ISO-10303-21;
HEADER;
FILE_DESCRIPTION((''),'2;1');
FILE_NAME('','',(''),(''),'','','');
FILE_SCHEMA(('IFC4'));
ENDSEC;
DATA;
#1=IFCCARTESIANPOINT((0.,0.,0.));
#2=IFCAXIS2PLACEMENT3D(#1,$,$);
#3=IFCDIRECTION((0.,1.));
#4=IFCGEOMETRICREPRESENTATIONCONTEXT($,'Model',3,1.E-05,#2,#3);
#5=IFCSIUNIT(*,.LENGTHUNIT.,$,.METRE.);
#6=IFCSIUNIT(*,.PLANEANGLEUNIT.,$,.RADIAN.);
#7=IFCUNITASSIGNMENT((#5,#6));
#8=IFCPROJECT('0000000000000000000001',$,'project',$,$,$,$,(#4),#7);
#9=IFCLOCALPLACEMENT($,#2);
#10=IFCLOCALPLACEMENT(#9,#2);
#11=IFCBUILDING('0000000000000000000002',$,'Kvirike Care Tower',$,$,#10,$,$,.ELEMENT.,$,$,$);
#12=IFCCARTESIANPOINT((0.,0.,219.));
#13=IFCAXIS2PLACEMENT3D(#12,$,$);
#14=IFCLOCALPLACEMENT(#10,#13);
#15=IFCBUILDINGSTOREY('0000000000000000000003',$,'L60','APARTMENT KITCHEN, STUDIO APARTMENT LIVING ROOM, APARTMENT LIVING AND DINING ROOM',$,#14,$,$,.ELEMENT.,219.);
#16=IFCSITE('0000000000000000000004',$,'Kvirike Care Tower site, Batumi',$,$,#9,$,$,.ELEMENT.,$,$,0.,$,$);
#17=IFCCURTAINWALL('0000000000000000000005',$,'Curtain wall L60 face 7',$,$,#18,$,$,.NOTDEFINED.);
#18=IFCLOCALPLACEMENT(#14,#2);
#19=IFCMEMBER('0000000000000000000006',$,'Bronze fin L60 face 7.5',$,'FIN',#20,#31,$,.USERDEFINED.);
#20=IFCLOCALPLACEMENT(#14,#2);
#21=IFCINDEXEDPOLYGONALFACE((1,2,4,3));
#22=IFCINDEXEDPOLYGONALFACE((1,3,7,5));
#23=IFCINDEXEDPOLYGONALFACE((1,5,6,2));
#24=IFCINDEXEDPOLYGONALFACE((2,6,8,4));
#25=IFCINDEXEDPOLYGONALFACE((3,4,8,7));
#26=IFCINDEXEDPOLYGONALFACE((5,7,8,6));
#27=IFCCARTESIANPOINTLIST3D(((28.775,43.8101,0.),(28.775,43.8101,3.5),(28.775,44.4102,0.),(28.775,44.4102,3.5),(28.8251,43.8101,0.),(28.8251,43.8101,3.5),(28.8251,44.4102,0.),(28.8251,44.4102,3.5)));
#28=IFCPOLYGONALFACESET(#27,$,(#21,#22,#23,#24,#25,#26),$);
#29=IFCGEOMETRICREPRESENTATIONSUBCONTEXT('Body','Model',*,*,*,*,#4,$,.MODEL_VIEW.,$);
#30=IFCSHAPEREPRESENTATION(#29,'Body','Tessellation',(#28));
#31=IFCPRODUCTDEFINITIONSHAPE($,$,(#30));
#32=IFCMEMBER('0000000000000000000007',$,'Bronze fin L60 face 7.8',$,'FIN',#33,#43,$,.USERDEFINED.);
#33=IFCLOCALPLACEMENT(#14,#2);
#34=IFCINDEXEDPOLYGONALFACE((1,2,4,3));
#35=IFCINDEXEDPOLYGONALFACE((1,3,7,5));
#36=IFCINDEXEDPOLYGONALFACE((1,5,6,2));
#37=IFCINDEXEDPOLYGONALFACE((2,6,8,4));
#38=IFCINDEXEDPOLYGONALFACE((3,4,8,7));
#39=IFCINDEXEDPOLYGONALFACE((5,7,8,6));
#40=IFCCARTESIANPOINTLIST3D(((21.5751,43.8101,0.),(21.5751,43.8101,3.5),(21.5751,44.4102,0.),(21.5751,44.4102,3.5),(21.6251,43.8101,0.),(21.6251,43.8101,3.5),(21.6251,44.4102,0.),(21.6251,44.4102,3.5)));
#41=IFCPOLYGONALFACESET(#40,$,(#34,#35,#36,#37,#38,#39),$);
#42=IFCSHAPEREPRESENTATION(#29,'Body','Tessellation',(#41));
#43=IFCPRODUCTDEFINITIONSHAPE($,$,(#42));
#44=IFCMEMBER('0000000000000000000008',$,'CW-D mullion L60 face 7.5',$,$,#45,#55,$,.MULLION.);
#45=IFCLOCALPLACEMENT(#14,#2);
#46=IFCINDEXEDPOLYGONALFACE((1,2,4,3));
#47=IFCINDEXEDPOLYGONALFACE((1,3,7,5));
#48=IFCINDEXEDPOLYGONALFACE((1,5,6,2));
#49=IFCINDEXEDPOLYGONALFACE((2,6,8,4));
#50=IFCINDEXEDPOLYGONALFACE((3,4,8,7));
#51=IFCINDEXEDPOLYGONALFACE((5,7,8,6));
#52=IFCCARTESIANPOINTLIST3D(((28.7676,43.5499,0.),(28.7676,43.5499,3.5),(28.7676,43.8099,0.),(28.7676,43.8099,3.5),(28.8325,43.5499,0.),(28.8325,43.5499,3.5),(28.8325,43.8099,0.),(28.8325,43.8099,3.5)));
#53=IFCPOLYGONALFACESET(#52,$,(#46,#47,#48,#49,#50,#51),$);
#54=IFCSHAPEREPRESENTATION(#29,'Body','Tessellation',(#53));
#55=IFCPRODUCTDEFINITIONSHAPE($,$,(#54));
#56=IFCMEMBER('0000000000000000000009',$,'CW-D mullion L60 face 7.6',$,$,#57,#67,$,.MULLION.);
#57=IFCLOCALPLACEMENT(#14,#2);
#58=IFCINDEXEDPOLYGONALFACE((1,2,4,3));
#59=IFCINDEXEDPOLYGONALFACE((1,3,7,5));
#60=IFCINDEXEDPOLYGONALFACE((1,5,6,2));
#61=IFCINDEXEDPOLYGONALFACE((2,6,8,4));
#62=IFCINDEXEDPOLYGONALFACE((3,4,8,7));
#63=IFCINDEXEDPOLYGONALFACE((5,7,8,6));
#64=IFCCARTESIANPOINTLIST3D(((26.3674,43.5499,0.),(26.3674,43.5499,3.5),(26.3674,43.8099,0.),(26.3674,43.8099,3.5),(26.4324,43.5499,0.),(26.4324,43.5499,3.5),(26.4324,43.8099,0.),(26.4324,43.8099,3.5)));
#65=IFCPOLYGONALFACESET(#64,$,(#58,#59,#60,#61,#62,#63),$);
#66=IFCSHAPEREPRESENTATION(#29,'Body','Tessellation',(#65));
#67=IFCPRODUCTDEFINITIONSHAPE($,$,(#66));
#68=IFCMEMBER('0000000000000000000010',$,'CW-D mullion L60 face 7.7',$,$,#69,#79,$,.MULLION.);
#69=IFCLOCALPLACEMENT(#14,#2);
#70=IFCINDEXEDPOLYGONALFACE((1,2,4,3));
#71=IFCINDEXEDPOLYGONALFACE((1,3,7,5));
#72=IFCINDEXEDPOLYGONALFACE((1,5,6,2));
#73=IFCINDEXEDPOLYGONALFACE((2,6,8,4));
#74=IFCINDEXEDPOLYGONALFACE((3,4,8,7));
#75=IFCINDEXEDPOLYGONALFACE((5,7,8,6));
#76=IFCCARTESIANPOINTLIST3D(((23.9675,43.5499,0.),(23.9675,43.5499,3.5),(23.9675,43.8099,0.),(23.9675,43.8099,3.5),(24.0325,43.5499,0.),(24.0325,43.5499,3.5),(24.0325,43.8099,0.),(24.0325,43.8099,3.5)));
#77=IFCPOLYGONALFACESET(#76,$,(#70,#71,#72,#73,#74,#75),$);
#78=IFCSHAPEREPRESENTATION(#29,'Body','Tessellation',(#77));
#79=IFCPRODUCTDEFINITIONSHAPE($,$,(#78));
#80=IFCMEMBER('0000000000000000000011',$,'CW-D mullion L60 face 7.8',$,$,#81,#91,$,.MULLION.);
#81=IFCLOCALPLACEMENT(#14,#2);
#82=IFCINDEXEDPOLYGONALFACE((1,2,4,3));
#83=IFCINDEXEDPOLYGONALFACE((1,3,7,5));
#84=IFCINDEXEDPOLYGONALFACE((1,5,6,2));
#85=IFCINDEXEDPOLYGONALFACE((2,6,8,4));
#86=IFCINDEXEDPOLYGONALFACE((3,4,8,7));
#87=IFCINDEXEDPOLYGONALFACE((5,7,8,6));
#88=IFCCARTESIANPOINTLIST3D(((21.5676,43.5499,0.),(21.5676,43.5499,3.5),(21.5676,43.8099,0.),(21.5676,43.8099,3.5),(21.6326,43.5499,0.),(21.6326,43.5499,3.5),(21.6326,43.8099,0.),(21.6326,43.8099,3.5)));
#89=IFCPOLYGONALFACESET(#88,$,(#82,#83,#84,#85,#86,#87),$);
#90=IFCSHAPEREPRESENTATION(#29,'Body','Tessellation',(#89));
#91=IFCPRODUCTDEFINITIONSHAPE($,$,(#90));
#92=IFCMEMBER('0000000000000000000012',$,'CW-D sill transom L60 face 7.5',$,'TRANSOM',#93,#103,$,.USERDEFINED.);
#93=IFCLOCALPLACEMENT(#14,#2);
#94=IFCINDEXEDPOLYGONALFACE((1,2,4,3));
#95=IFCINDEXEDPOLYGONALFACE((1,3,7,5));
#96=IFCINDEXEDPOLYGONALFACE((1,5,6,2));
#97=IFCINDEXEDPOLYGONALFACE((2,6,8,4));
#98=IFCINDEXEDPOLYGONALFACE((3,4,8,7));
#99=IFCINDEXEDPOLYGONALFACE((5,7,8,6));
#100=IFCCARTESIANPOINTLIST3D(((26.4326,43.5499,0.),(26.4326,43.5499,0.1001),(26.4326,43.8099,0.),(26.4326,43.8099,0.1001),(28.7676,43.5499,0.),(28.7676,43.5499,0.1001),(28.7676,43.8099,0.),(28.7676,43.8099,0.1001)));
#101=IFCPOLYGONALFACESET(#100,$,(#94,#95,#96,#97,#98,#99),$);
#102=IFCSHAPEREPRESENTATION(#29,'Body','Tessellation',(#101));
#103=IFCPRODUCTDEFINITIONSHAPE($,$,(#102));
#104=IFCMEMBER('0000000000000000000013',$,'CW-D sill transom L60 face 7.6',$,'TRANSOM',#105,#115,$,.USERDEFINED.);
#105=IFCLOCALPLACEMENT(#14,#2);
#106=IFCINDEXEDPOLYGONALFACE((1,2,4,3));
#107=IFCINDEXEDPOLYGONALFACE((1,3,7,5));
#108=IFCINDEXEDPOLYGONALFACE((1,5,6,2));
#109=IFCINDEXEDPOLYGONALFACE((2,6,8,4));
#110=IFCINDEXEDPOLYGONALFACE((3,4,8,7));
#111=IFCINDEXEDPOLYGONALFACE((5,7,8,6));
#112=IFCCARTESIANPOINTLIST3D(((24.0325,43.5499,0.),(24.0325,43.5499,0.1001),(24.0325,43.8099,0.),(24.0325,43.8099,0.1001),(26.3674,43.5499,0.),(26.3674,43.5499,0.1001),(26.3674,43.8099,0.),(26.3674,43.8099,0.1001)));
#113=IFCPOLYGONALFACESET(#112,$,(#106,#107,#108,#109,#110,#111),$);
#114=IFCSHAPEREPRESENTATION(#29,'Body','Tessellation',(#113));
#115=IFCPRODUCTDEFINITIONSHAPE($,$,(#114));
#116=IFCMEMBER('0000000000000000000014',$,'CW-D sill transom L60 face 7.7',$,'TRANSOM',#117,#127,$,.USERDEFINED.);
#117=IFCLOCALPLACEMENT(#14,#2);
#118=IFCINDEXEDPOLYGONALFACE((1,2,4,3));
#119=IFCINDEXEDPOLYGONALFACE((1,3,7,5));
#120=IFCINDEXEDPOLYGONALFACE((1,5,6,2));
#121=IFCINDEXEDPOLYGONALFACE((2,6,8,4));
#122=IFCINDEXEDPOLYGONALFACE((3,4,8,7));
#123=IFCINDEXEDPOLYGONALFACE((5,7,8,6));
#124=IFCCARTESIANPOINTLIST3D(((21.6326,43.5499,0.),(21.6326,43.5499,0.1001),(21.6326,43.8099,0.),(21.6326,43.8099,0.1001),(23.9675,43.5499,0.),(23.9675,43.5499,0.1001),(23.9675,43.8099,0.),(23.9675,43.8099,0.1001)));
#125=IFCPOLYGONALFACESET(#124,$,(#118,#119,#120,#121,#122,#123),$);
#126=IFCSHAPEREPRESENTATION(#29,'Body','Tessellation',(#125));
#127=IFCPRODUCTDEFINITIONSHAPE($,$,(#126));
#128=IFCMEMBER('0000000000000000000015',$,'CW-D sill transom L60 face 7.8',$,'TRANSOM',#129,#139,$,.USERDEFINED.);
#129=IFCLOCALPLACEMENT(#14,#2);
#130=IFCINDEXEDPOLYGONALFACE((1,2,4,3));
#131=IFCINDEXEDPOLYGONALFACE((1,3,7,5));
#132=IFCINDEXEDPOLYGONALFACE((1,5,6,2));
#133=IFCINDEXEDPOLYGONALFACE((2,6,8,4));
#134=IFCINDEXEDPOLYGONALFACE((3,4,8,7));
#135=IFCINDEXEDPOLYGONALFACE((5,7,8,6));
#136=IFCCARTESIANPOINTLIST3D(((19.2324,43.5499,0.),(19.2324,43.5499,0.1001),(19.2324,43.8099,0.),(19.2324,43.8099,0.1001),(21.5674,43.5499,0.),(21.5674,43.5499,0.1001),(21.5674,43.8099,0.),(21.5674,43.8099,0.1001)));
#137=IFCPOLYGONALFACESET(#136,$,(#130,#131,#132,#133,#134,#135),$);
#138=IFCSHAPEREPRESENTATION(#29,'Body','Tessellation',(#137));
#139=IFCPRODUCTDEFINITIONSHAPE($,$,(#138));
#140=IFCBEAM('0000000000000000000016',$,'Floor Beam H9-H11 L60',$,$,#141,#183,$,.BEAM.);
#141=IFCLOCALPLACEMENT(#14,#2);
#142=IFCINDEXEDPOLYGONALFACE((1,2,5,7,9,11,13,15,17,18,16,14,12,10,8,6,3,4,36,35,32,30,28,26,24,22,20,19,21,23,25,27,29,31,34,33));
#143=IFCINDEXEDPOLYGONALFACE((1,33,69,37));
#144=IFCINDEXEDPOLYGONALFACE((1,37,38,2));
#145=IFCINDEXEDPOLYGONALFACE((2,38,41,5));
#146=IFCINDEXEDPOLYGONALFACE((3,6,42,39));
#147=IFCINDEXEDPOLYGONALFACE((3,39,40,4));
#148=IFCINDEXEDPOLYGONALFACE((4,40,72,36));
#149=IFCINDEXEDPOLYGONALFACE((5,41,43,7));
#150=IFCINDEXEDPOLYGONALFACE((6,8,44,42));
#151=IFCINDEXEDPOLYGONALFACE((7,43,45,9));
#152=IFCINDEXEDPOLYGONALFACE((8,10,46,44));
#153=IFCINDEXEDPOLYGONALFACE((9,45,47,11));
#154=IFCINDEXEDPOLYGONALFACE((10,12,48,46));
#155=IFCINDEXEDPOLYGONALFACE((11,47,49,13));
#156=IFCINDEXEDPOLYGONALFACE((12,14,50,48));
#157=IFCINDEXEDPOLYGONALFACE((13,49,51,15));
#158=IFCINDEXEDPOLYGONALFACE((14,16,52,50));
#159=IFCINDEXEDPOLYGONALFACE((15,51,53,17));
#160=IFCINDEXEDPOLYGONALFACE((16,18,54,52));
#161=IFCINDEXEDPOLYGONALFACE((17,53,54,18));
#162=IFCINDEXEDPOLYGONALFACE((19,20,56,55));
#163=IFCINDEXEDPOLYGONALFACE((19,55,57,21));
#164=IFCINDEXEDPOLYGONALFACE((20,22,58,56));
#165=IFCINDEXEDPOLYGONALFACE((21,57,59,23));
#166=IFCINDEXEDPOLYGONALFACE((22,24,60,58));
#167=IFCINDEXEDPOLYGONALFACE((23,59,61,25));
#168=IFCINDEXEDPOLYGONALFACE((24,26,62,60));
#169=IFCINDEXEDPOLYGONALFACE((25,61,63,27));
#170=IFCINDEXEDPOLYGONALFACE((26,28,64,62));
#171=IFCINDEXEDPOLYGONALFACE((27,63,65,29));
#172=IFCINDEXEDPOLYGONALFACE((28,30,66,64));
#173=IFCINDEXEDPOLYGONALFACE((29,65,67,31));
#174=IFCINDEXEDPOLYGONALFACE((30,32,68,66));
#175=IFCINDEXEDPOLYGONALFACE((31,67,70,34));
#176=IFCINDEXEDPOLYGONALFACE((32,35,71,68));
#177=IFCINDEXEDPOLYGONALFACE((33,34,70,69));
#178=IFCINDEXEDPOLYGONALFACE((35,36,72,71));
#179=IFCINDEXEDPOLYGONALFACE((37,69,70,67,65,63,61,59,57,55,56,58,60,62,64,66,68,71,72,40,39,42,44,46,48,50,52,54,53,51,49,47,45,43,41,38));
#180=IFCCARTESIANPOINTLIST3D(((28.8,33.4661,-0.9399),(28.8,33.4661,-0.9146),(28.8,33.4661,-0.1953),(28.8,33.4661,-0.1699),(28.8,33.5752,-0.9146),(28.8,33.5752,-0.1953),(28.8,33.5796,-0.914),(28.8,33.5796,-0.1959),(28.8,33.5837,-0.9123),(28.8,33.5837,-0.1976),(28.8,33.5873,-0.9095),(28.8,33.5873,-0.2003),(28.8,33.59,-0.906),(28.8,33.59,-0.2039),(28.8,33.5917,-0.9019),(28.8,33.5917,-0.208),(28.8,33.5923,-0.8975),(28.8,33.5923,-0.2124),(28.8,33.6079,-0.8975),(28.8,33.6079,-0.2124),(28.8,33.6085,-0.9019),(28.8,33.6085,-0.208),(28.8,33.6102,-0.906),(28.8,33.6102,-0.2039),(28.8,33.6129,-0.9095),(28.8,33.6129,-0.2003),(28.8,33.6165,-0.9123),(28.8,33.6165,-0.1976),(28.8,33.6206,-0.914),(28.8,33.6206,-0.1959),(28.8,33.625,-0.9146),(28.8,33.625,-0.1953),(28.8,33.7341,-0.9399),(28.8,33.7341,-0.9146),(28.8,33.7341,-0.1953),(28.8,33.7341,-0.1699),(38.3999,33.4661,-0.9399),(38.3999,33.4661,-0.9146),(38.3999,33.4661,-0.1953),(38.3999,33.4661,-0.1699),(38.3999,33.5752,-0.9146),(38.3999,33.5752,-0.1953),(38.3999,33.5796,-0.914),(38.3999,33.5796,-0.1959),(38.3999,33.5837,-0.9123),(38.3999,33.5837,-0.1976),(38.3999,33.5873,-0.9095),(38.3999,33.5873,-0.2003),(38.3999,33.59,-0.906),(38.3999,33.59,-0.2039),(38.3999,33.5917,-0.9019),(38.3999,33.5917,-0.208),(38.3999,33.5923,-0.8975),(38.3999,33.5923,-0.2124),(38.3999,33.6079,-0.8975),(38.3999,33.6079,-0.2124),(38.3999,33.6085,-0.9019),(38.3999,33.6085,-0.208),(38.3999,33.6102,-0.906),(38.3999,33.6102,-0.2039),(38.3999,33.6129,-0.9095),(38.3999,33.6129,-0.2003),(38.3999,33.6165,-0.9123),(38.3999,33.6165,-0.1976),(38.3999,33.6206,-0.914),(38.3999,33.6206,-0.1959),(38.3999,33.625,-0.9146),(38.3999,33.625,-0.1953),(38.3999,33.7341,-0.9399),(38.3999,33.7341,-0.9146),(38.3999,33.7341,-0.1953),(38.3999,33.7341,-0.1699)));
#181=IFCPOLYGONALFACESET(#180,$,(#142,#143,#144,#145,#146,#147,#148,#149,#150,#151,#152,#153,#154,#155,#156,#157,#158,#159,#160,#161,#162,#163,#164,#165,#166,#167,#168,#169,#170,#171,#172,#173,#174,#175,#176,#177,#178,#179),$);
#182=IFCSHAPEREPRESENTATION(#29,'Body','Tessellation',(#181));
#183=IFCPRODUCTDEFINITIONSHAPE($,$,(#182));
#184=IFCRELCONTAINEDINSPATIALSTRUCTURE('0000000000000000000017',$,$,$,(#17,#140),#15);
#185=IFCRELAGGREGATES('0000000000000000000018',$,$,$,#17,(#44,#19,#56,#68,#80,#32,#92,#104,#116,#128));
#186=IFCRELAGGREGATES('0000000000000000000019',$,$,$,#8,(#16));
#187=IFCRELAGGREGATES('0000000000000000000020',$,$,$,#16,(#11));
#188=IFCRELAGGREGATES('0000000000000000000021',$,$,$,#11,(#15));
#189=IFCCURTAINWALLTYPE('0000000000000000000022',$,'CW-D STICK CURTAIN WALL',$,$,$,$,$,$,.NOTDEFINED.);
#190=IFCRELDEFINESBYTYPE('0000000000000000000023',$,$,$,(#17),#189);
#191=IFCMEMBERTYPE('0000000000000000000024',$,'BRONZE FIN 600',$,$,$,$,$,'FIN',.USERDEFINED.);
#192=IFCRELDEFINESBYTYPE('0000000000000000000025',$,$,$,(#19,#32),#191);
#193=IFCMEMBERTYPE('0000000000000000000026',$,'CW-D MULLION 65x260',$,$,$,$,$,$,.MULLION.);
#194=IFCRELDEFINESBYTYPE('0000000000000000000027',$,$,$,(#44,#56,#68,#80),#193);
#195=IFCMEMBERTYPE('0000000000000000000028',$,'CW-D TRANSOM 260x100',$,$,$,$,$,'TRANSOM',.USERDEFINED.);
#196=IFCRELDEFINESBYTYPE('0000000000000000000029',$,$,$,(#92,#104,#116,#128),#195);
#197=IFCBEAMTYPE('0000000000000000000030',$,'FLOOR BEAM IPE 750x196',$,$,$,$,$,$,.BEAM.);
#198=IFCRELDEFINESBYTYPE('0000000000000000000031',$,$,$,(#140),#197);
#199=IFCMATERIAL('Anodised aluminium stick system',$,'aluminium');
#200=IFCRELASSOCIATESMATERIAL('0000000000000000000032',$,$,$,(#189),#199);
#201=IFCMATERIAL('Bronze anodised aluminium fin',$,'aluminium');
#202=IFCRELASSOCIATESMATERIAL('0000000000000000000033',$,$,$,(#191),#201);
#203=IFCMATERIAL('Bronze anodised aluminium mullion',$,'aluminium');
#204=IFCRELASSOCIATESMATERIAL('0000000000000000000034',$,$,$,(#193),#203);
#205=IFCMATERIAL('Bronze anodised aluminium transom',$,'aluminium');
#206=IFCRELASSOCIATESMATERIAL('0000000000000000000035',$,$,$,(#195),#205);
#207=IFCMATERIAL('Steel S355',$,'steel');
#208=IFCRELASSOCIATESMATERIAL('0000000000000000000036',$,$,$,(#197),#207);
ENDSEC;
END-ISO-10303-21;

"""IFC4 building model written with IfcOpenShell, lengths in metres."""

from ifc_helpers import new_model, si_unit, direction, frame, origin, origin_2d, place, context, subcontext, project, spatial, rectangle, i_section, extrude, material, material_profile, profile_set, type_object, element, aggregate, save


model = new_model("IFC4")

# Units and contexts
model_context = context("Model", 3, precision=1e-05, world=origin(), true_north=direction((0.0, 1.0)))
body_context = subcontext(model_context, "Body", "Model", "MODEL_VIEW")
ifc_project = project(units=[si_unit("LENGTHUNIT", "METRE"), si_unit("PLANEANGLEUNIT", "RADIAN")], contexts=[model_context])

# Site, building, storey
site_placement = place(None, origin())
site = spatial("IfcSite", under=ifc_project, at=site_placement, Name="Kvirike Care Tower site, Batumi", CompositionType="ELEMENT", RefElevation=0.0)
building_placement = place(site_placement, origin())
building = spatial("IfcBuilding", under=site, at=building_placement, Name="Kvirike Care Tower", CompositionType="ELEMENT")
storey_placement = place(building_placement, frame((0.0, 0.0, 219.0)))
storey = spatial("IfcBuildingStorey", under=building, at=storey_placement, Name="L60", Description="APARTMENT KITCHEN, STUDIO APARTMENT LIVING ROOM, APARTMENT LIVING AND DINING ROOM", CompositionType="ELEMENT", Elevation=219.0)

# Curtain wall, members
ifc_material_1 = material(Name="Anodised aluminium stick system", Category="aluminium")
curtain_wall_type = type_object("IfcCurtainWallType", Name="CW-D STICK CURTAIN WALL", PredefinedType="NOTDEFINED", material=ifc_material_1)
curtain_wall_placement = place(storey_placement, origin())
curtain_wall = element("IfcCurtainWall", 1, at=curtain_wall_placement, inside=storey, type_object=curtain_wall_type, Name="Curtain wall L60 face 7", PredefinedType="NOTDEFINED")
ifc_material_2 = material(Name="Bronze anodised aluminium fin", Category="aluminium")
ifc_material_profile_1 = material_profile(ifc_material_2, rectangle(XDim=0.05, YDim=0.6001, at=origin_2d()), Name="BRONZE FIN 600")
ifc_profile_set_1 = profile_set([ifc_material_profile_1], Name="Bronze anodised aluminium fin")
member_type_1 = type_object("IfcMemberType", Name="BRONZE FIN 600", ElementType="FIN", PredefinedType="USERDEFINED", material=ifc_profile_set_1)
member_1_placement = place(storey_placement, frame((28.8, 44.1101, 0.0), z_axis=(0.0, 0.0, 1.0), x_axis=(-1.0, 0.0, 0.0)))
member_1 = element("IfcMember", 2, at=member_1_placement, type_object=member_type_1, Name="Bronze fin L60 face 7.5", ObjectType="FIN", PredefinedType="USERDEFINED", context=body_context, shape_type="SweptSolid", body=[
    extrude(rectangle(XDim=0.05, YDim=0.6001, at=origin_2d()), origin(), (0.0, 0.0, 1.0), 3.5),
])
member_2_placement = place(storey_placement, frame((21.6001, 44.1101, 0.0), z_axis=(0.0, 0.0, 1.0), x_axis=(-1.0, 0.0, 0.0)))
member_2 = element("IfcMember", 3, at=member_2_placement, type_object=member_type_1, Name="Bronze fin L60 face 7.8", ObjectType="FIN", PredefinedType="USERDEFINED", context=body_context, shape_type="SweptSolid", body=[
    extrude(rectangle(XDim=0.05, YDim=0.6001, at=origin_2d()), origin(), (0.0, 0.0, 1.0), 3.5),
])
ifc_material_3 = material(Name="Bronze anodised aluminium mullion", Category="aluminium")
ifc_material_profile_2 = material_profile(ifc_material_3, rectangle(XDim=0.0649, YDim=0.26, at=origin_2d()), Name="CW-D MULLION 65x260")
ifc_profile_set_2 = profile_set([ifc_material_profile_2], Name="Bronze anodised aluminium mullion")
member_type_2 = type_object("IfcMemberType", Name="CW-D MULLION 65x260", PredefinedType="MULLION", material=ifc_profile_set_2)
member_3_placement = place(storey_placement, frame((28.8, 43.6799, 0.0), z_axis=(0.0, 0.0, 1.0), x_axis=(-1.0, 0.0, 0.0)))
member_3 = element("IfcMember", 4, at=member_3_placement, type_object=member_type_2, Name="CW-D mullion L60 face 7.5", PredefinedType="MULLION", context=body_context, shape_type="SweptSolid", body=[
    extrude(rectangle(XDim=0.0649, YDim=0.26, at=origin_2d()), origin(), (0.0, 0.0, 1.0), 3.5),
])
member_4_placement = place(storey_placement, frame((26.3999, 43.6799, 0.0), z_axis=(0.0, 0.0, 1.0), x_axis=(-1.0, 0.0, 0.0)))
member_4 = element("IfcMember", 5, at=member_4_placement, type_object=member_type_2, Name="CW-D mullion L60 face 7.6", PredefinedType="MULLION", context=body_context, shape_type="SweptSolid", body=[
    extrude(rectangle(XDim=0.0649, YDim=0.26, at=origin_2d()), origin(), (0.0, 0.0, 1.0), 3.5),
])
member_5_placement = place(storey_placement, frame((24.0, 43.6799, 0.0), z_axis=(0.0, 0.0, 1.0), x_axis=(-1.0, 0.0, 0.0)))
member_5 = element("IfcMember", 6, at=member_5_placement, type_object=member_type_2, Name="CW-D mullion L60 face 7.7", PredefinedType="MULLION", context=body_context, shape_type="SweptSolid", body=[
    extrude(rectangle(XDim=0.0649, YDim=0.26, at=origin_2d()), origin(), (0.0, 0.0, 1.0), 3.5),
])
member_6_placement = place(storey_placement, frame((21.6001, 43.6799, 0.0), z_axis=(0.0, 0.0, 1.0), x_axis=(-1.0, 0.0, 0.0)))
member_6 = element("IfcMember", 7, at=member_6_placement, type_object=member_type_2, Name="CW-D mullion L60 face 7.8", PredefinedType="MULLION", context=body_context, shape_type="SweptSolid", body=[
    extrude(rectangle(XDim=0.0649, YDim=0.26, at=origin_2d()), origin(), (0.0, 0.0, 1.0), 3.5),
])
ifc_material_4 = material(Name="Bronze anodised aluminium transom", Category="aluminium")
ifc_material_profile_3 = material_profile(ifc_material_4, rectangle(XDim=0.26, YDim=0.1001, at=origin_2d()), Name="CW-D TRANSOM 260x100")
ifc_profile_set_3 = profile_set([ifc_material_profile_3], Name="Bronze anodised aluminium transom")
member_type_3 = type_object("IfcMemberType", Name="CW-D TRANSOM 260x100", ElementType="TRANSOM", PredefinedType="USERDEFINED", material=ifc_profile_set_3)
member_7_placement = place(storey_placement, frame((28.7676, 43.6799, 0.05), z_axis=(-1.0, 0.0, 0.0), x_axis=(0.0, -1.0, 0.0)))
member_7 = element("IfcMember", 8, at=member_7_placement, type_object=member_type_3, Name="CW-D sill transom L60 face 7.5", ObjectType="TRANSOM", PredefinedType="USERDEFINED", context=body_context, shape_type="SweptSolid", body=[
    extrude(rectangle(XDim=0.26, YDim=0.1001, at=origin_2d()), origin(), (0.0, 0.0, 1.0), 2.335),
])
member_8_placement = place(storey_placement, frame((26.3674, 43.6799, 0.05), z_axis=(-1.0, 0.0, 0.0), x_axis=(0.0, -1.0, 0.0)))
member_8 = element("IfcMember", 9, at=member_8_placement, type_object=member_type_3, Name="CW-D sill transom L60 face 7.6", ObjectType="TRANSOM", PredefinedType="USERDEFINED", context=body_context, shape_type="SweptSolid", body=[
    extrude(rectangle(XDim=0.26, YDim=0.1001, at=origin_2d()), origin(), (0.0, 0.0, 1.0), 2.335),
])
member_9_placement = place(storey_placement, frame((23.9675, 43.6799, 0.05), z_axis=(-1.0, 0.0, 0.0), x_axis=(0.0, -1.0, 0.0)))
member_9 = element("IfcMember", 10, at=member_9_placement, type_object=member_type_3, Name="CW-D sill transom L60 face 7.7", ObjectType="TRANSOM", PredefinedType="USERDEFINED", context=body_context, shape_type="SweptSolid", body=[
    extrude(rectangle(XDim=0.26, YDim=0.1001, at=origin_2d()), origin(), (0.0, 0.0, 1.0), 2.335),
])
member_10_placement = place(storey_placement, frame((21.5674, 43.6799, 0.05), z_axis=(-1.0, 0.0, 0.0), x_axis=(0.0, -1.0, 0.0)))
member_10 = element("IfcMember", 11, at=member_10_placement, type_object=member_type_3, Name="CW-D sill transom L60 face 7.8", ObjectType="TRANSOM", PredefinedType="USERDEFINED", context=body_context, shape_type="SweptSolid", body=[
    extrude(rectangle(XDim=0.26, YDim=0.1001, at=origin_2d()), origin(), (0.0, 0.0, 1.0), 2.335),
])

# Beam
ifc_material_5 = material(Name="Steel S355", Category="steel")
ifc_material_profile_4 = material_profile(ifc_material_5, i_section(OverallWidth=0.2681, OverallDepth=0.77, WebThickness=0.0156, FlangeThickness=0.0254, FilletRadius=0.0171, at=origin_2d()), Name="IPE 750x196")
ifc_profile_set_4 = profile_set([ifc_material_profile_4], Name="Steel S355")
beam_type_1 = type_object("IfcBeamType", Name="FLOOR BEAM IPE 750x196", PredefinedType="BEAM", material=ifc_profile_set_4)
for number, where, z_axis, x_axis, name in (
    (12, (28.8, 33.6001, -0.5549), (1.0, 0.0, 0.0), (0.0, 1.0, 0.0), "Floor Beam H9-H11 L60"),
):
    element("IfcBeam", number, at=place(storey_placement, frame(where, z_axis=z_axis, x_axis=x_axis)), inside=storey, type_object=beam_type_1, Name=name, PredefinedType="BEAM", context=body_context, shape_type="SweptSolid", body=[
        extrude(i_section(OverallWidth=0.2681, OverallDepth=0.77, WebThickness=0.0156, FlangeThickness=0.0254, FilletRadius=0.0171, at=origin_2d()), origin(), (0.0, 0.0, 1.0), 9.5999),
    ])

aggregate(curtain_wall, [member_3, member_1, member_4, member_5, member_6, member_2, member_7, member_8, member_9, member_10])

save(model, "model.ifc")
